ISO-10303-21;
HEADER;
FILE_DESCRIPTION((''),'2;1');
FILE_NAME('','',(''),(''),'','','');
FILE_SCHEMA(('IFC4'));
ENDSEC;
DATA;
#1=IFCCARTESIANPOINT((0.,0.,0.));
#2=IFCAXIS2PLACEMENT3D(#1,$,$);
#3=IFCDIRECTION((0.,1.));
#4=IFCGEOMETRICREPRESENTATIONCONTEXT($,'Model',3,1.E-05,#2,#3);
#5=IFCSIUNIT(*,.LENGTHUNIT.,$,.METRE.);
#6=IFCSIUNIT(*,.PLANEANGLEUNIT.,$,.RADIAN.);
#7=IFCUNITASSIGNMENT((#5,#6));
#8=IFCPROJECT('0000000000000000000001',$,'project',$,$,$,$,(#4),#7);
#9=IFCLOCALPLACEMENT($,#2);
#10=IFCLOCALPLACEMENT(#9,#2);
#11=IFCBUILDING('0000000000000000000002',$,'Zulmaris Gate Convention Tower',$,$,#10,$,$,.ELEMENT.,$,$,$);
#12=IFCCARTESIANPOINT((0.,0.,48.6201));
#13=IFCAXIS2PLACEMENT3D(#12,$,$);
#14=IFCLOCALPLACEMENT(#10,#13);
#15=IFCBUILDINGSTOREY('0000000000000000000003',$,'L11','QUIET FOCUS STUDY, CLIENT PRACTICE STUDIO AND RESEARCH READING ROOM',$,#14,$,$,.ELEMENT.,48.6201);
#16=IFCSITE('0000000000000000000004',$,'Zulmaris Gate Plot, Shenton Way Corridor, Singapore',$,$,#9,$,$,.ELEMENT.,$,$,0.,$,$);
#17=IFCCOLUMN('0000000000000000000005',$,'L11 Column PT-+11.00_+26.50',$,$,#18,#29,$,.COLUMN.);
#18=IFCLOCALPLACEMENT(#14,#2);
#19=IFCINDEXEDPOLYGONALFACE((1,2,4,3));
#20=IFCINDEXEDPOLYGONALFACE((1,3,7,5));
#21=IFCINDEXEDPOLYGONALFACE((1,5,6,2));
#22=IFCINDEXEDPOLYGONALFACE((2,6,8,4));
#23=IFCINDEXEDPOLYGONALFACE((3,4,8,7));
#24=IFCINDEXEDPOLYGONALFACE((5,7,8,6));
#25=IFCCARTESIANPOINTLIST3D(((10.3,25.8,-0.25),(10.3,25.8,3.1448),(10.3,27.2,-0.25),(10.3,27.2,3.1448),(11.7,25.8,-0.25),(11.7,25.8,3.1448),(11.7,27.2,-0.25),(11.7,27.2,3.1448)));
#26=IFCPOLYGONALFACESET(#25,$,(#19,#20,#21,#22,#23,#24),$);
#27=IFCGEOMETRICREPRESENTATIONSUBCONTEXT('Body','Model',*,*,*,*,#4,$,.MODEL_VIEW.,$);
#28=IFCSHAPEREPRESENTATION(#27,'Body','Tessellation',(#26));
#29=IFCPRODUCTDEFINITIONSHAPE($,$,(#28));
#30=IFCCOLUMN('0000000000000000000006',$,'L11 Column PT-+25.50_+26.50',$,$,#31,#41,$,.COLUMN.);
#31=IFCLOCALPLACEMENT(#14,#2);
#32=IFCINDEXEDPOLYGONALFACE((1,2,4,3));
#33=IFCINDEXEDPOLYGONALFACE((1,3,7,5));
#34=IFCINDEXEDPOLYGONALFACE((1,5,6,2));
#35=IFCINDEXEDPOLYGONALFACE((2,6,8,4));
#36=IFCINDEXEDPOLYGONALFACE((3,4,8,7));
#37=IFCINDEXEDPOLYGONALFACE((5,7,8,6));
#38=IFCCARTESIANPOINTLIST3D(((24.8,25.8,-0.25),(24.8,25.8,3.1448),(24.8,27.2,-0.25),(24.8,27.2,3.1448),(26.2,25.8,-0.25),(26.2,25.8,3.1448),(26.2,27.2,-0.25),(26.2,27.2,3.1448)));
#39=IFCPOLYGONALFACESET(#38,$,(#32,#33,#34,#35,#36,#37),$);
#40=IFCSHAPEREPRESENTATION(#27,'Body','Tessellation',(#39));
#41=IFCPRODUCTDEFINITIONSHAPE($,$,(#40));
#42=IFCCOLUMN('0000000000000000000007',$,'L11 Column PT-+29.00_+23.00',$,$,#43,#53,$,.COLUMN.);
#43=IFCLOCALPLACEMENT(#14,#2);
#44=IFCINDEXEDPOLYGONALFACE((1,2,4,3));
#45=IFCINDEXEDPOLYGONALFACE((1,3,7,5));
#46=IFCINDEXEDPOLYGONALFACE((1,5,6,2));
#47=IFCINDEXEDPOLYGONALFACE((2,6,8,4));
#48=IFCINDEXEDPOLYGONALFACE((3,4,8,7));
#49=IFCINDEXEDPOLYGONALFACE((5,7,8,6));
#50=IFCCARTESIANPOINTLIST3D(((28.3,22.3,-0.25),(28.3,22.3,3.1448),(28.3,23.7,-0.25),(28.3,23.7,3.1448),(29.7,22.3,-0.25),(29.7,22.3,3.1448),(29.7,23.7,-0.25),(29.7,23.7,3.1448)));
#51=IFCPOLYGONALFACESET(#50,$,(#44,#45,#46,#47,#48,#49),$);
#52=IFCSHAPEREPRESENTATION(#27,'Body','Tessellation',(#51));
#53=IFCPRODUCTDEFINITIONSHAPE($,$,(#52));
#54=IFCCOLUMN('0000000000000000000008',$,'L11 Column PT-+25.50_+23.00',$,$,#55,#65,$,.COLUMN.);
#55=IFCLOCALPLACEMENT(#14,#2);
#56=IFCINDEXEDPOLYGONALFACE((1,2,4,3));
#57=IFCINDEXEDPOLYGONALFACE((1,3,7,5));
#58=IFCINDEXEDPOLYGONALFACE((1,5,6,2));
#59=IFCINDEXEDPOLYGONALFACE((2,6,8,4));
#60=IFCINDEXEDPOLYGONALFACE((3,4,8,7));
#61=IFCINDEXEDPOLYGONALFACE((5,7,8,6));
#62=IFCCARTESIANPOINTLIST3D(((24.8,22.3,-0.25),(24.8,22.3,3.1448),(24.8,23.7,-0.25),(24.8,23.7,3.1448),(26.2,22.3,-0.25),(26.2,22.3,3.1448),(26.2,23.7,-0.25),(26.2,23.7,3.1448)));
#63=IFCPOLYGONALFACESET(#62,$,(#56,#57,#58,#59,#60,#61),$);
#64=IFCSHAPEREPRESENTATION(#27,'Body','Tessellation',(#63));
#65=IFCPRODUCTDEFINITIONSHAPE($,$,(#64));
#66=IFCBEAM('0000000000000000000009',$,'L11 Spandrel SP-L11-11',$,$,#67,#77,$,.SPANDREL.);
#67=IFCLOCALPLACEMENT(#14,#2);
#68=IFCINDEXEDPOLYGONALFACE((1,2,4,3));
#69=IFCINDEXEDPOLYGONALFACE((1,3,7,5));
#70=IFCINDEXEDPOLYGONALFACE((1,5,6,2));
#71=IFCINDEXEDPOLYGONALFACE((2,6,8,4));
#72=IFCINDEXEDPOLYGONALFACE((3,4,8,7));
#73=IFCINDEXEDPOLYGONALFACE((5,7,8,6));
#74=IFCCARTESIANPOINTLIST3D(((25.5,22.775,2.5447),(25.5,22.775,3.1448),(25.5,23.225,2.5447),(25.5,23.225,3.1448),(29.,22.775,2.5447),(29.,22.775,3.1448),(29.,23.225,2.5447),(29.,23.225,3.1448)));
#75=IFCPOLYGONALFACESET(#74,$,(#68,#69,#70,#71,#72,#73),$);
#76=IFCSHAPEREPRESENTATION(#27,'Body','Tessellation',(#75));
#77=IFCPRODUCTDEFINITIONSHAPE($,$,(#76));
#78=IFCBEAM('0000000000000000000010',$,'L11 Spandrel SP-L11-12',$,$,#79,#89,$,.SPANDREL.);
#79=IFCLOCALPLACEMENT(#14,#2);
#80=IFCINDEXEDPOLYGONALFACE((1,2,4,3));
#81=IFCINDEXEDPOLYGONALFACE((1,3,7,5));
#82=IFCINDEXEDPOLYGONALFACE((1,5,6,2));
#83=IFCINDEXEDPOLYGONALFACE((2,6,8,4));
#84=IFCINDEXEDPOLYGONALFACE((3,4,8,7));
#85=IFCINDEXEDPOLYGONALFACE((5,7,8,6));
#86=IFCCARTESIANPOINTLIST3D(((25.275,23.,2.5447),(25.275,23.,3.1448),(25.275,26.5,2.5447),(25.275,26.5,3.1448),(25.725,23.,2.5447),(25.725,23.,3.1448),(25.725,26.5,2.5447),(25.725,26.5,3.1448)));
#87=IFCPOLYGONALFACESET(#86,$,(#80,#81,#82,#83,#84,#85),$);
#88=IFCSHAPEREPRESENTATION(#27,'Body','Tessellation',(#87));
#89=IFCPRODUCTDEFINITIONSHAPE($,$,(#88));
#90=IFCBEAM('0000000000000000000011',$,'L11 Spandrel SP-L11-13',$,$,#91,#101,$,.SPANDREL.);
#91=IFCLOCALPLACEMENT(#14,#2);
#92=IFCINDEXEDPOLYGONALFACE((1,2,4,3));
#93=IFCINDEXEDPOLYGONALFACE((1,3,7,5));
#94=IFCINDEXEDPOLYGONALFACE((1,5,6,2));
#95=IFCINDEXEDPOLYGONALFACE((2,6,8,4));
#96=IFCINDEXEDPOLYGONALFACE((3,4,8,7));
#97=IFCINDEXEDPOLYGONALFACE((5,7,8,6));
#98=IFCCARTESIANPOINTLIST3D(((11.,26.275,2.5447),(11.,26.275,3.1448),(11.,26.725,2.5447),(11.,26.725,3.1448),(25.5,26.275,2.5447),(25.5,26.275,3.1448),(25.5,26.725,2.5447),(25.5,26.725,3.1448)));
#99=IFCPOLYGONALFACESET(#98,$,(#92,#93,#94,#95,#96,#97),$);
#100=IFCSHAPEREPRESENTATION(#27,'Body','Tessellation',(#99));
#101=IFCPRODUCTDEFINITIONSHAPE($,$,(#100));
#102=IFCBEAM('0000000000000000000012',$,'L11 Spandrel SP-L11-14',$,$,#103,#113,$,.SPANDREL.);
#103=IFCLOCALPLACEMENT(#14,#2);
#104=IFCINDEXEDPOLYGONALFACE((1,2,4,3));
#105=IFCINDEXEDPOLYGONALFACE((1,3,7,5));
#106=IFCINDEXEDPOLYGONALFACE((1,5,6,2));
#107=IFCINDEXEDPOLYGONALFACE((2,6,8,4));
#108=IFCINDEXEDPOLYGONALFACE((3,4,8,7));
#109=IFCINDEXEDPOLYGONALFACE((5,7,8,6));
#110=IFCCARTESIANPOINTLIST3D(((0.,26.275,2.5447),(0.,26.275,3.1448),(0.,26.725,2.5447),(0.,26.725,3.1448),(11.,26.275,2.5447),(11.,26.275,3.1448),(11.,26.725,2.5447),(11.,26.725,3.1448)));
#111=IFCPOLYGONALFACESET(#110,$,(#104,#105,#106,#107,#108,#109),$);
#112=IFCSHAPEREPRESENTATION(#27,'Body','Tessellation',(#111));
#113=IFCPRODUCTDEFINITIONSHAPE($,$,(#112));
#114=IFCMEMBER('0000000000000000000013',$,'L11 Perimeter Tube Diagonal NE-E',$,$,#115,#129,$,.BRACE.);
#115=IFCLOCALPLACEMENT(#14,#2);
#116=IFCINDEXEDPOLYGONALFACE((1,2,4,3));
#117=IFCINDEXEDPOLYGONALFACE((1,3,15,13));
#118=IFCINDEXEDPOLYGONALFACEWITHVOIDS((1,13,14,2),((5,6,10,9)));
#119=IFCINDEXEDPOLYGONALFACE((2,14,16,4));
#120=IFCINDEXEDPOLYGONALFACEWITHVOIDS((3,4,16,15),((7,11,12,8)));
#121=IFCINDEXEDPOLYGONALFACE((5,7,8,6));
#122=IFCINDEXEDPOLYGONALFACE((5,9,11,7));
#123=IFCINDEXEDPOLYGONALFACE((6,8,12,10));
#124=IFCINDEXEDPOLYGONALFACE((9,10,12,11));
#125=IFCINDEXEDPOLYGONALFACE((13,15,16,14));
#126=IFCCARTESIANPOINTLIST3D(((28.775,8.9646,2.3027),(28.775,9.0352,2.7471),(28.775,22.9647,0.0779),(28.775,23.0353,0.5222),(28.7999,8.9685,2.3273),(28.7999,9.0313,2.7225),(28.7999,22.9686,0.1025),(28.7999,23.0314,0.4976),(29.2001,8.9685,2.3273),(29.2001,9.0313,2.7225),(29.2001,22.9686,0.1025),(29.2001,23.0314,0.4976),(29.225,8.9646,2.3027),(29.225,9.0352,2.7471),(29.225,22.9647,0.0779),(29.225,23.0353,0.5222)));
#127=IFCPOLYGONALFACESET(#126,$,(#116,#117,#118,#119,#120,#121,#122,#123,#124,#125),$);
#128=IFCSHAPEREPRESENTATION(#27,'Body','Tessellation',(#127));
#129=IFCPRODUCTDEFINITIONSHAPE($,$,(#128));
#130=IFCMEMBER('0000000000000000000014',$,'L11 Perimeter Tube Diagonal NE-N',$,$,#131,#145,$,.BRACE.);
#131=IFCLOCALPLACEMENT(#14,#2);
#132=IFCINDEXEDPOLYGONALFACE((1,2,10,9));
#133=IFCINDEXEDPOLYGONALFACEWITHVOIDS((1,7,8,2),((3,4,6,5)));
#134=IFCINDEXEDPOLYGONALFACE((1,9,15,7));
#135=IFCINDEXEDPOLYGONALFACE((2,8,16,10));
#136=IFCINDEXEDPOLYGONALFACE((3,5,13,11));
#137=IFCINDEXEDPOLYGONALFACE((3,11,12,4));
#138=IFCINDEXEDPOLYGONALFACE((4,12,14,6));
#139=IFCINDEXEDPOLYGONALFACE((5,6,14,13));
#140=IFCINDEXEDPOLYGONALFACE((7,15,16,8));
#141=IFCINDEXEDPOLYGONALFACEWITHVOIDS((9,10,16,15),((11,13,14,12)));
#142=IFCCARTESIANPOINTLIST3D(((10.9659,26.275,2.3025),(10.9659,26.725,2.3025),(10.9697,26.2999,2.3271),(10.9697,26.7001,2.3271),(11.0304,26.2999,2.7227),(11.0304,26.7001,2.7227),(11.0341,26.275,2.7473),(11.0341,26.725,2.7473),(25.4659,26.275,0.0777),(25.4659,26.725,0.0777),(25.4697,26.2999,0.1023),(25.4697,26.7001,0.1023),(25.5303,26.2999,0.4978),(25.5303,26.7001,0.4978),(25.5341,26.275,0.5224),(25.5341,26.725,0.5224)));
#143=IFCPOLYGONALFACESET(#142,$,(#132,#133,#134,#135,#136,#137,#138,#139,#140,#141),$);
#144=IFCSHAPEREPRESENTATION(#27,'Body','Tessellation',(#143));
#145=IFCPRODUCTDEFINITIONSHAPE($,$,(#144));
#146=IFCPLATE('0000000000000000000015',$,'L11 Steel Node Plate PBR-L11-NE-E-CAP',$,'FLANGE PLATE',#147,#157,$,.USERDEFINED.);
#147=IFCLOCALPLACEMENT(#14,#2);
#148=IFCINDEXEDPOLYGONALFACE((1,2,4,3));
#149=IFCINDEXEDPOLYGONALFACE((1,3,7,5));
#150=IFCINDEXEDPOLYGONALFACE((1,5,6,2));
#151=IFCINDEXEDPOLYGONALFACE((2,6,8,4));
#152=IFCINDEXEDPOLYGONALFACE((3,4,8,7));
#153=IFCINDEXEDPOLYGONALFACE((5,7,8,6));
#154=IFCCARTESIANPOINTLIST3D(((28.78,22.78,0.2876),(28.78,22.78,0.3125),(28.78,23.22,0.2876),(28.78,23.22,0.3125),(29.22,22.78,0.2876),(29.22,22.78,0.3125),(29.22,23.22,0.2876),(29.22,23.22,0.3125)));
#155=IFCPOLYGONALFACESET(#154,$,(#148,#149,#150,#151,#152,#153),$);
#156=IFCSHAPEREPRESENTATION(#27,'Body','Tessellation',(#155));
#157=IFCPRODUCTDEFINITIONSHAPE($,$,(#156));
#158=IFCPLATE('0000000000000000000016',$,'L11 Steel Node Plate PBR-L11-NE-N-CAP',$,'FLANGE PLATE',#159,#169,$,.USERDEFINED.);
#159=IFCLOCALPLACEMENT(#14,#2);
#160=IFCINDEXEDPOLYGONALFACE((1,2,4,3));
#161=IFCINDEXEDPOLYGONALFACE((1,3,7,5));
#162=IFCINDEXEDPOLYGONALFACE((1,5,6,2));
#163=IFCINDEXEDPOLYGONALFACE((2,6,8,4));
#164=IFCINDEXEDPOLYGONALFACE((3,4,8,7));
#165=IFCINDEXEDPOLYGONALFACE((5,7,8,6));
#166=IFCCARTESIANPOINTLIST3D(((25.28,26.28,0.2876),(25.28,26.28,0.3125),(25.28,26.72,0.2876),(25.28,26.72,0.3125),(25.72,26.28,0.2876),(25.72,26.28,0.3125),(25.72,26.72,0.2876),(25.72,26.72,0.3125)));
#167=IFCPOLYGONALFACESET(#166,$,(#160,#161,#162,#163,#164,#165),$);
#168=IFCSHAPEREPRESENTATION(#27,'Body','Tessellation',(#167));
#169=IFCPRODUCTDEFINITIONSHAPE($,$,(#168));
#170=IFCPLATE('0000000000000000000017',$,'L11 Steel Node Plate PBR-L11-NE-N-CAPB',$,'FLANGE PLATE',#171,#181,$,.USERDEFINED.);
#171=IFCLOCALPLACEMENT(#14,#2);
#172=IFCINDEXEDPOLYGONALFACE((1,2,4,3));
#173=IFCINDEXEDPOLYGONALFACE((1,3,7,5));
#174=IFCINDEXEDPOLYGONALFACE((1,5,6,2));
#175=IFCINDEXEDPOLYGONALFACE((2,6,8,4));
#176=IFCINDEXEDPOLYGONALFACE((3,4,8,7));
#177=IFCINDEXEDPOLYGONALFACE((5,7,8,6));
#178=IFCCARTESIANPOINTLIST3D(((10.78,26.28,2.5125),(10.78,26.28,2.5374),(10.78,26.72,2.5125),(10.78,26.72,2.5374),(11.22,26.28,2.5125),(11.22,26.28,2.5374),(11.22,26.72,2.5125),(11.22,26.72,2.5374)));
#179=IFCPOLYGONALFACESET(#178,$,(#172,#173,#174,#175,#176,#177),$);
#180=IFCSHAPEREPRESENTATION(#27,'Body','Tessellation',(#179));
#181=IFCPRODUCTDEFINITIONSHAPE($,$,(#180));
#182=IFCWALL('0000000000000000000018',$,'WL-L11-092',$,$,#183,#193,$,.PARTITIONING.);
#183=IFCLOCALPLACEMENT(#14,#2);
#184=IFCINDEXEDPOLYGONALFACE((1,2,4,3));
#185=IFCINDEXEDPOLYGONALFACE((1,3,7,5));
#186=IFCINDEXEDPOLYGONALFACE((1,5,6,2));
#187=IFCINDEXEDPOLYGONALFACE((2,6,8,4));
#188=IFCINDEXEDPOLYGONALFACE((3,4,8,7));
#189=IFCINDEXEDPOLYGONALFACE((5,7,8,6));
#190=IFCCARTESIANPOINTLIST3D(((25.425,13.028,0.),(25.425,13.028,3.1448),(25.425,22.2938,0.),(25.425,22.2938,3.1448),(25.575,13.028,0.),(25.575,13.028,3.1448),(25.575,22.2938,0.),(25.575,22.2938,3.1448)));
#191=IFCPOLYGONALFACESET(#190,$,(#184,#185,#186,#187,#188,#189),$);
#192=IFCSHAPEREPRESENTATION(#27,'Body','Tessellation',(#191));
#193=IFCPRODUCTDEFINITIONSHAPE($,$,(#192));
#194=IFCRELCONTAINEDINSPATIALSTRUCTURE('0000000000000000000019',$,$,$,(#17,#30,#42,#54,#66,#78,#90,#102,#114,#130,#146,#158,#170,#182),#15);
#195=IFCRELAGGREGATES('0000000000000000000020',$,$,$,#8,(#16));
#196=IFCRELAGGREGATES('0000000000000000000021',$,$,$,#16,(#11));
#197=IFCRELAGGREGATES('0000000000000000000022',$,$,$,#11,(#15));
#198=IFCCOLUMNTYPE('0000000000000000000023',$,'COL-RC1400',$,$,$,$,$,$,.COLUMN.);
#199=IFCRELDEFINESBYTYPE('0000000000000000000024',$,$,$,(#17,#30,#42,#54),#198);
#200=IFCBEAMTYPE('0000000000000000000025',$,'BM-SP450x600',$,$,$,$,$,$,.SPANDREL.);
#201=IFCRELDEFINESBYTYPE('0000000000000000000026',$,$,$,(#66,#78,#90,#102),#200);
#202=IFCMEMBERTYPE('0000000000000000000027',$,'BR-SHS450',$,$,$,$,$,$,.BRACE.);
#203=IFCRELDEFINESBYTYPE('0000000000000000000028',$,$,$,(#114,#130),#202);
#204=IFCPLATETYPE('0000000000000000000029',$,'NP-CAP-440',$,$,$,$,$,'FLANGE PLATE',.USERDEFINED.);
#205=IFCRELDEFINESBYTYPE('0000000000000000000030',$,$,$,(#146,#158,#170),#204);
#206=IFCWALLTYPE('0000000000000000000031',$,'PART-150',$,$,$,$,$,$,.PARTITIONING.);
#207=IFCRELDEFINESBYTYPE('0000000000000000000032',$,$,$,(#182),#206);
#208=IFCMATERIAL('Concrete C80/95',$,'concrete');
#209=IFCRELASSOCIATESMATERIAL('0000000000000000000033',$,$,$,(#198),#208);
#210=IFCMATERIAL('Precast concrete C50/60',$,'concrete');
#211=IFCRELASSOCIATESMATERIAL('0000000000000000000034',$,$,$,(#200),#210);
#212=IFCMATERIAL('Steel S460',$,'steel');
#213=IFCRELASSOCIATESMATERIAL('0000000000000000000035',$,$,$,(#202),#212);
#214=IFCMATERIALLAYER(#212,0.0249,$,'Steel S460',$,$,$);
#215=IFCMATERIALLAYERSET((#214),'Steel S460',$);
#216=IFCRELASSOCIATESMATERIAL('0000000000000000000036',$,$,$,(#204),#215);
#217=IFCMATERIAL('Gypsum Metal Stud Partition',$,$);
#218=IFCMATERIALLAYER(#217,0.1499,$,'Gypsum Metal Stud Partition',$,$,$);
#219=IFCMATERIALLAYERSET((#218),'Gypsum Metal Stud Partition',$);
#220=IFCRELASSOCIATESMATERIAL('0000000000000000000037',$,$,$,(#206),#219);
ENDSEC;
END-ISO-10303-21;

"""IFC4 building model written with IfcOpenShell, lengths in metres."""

from ifc_helpers import new_model, si_unit, direction, frame, frame_2d, origin, origin_2d, place, context, subcontext, project, spatial, rectangle, hollow_rectangle, extrude, material, layer, layer_set, material_profile, profile_set, type_object, element, save


model = new_model("IFC4")

# Units and contexts
model_context = context("Model", 3, precision=1e-05, world=origin(), true_north=direction((0.0, 1.0)))
body_context = subcontext(model_context, "Body", "Model", "MODEL_VIEW")
ifc_project = project(units=[si_unit("LENGTHUNIT", "METRE"), si_unit("PLANEANGLEUNIT", "RADIAN")], contexts=[model_context])

# Site, building, storey
site_placement = place(None, origin())
site = spatial("IfcSite", under=ifc_project, at=site_placement, Name="Zulmaris Gate Plot, Shenton Way Corridor, Singapore", CompositionType="ELEMENT", RefElevation=0.0)
building_placement = place(site_placement, origin())
building = spatial("IfcBuilding", under=site, at=building_placement, Name="Zulmaris Gate Convention Tower", CompositionType="ELEMENT")
storey_placement = place(building_placement, frame((0.0, 0.0, 48.6201)))
storey = spatial("IfcBuildingStorey", under=building, at=storey_placement, Name="L11", Description="QUIET FOCUS STUDY, CLIENT PRACTICE STUDIO AND RESEARCH READING ROOM", CompositionType="ELEMENT", Elevation=48.6201)

# Columns
ifc_material_1 = material(Name="Concrete C80/95", Category="concrete")
ifc_material_profile_1 = material_profile(ifc_material_1, rectangle(XDim=1.3999, YDim=1.3999, at=origin_2d()), Name="RC COL 1400x1400")
ifc_profile_set_1 = profile_set([ifc_material_profile_1], Name="Concrete C80/95")
column_type = type_object("IfcColumnType", Name="COL-RC1400", PredefinedType="COLUMN", material=ifc_profile_set_1)
for number, where, z_axis, x_axis, name in (
    (1, (11.0, 26.5, -0.25), (0.0, 0.0, 1.0), (1.0, 0.0, 0.0), "L11 Column PT-+11.00_+26.50"),
    (2, (25.5, 26.5, -0.25), (0.0, 0.0, 1.0), (1.0, 0.0, 0.0), "L11 Column PT-+25.50_+26.50"),
    (3, (29.0, 23.0, -0.25), (0.0, 0.0, 1.0), (1.0, 0.0, 0.0), "L11 Column PT-+29.00_+23.00"),
    (4, (25.5, 23.0, -0.25), (0.0, 0.0, 1.0), (1.0, 0.0, 0.0), "L11 Column PT-+25.50_+23.00"),
):
    element("IfcColumn", number, at=place(storey_placement, frame(where, z_axis=z_axis, x_axis=x_axis)), inside=storey, type_object=column_type, Name=name, PredefinedType="COLUMN", context=body_context, shape_type="SweptSolid", body=[
        extrude(rectangle(XDim=1.3999, YDim=1.3999, at=origin_2d()), origin(), (0.0, 0.0, 1.0), 3.3948),
    ])

# Beams
ifc_material_2 = material(Name="Precast concrete C50/60", Category="concrete")
ifc_material_profile_2 = material_profile(ifc_material_2, rectangle(XDim=0.45, YDim=0.6001, at=origin_2d()), Name="RC SPANDREL 450x600")
ifc_profile_set_2 = profile_set([ifc_material_profile_2], Name="Precast concrete C50/60")
beam_type = type_object("IfcBeamType", Name="BM-SP450x600", PredefinedType="SPANDREL", material=ifc_profile_set_2)
for number, where, z_axis, x_axis, name in (
    (5, (29.0, 23.0, 2.8447), (-1.0, 0.0, 0.0), (0.0, -1.0, 0.0), "L11 Spandrel SP-L11-11"),
    (6, (25.5, 23.0, 2.8447), (0.0, 1.0, 0.0), (-1.0, 0.0, 0.0), "L11 Spandrel SP-L11-12"),
):
    element("IfcBeam", number, at=place(storey_placement, frame(where, z_axis=z_axis, x_axis=x_axis)), inside=storey, type_object=beam_type, Name=name, PredefinedType="SPANDREL", context=body_context, shape_type="SweptSolid", body=[
        extrude(rectangle(XDim=0.45, YDim=0.6001, at=origin_2d()), origin(), (0.0, 0.0, 1.0), 3.5),
    ])
beam_1_placement = place(storey_placement, frame((25.5, 26.5, 2.8447), z_axis=(-1.0, 0.0, 0.0), x_axis=(0.0, -1.0, 0.0)))
element("IfcBeam", 7, at=beam_1_placement, inside=storey, type_object=beam_type, Name="L11 Spandrel SP-L11-13", PredefinedType="SPANDREL", context=body_context, shape_type="SweptSolid", body=[
    extrude(rectangle(XDim=0.45, YDim=0.6001, at=origin_2d()), origin(), (0.0, 0.0, 1.0), 14.5),
])
beam_2_placement = place(storey_placement, frame((11.0, 26.5, 2.8447), z_axis=(-1.0, 0.0, 0.0), x_axis=(0.0, -1.0, 0.0)))
element("IfcBeam", 8, at=beam_2_placement, inside=storey, type_object=beam_type, Name="L11 Spandrel SP-L11-14", PredefinedType="SPANDREL", context=body_context, shape_type="SweptSolid", body=[
    extrude(rectangle(XDim=0.45, YDim=0.6001, at=origin_2d()), origin(), (0.0, 0.0, 1.0), 11.0),
])

# Members
ifc_material_3 = material(Name="Steel S460", Category="steel")
ifc_material_profile_3 = material_profile(ifc_material_3, hollow_rectangle(XDim=0.45, YDim=0.45, WallThickness=0.0249, at=origin_2d()), Name="SHS 450x450x25")
ifc_profile_set_3 = profile_set([ifc_material_profile_3], Name="Steel S460")
member_type = type_object("IfcMemberType", Name="BR-SHS450", PredefinedType="BRACE", material=ifc_profile_set_3)
member_1_placement = place(storey_placement, frame((29.0, 23.0, 0.3), z_axis=(0.0, -0.987607, 0.156949), x_axis=(1.0, 0.0, 0.0)))
element("IfcMember", 9, at=member_1_placement, inside=storey, type_object=member_type, Name="L11 Perimeter Tube Diagonal NE-E", PredefinedType="BRACE", context=body_context, shape_type="SweptSolid", body=[
    extrude(hollow_rectangle(XDim=0.45, YDim=0.45, WallThickness=0.0249, at=origin_2d()), origin(), (0.0, 0.0, 1.0), 14.1758),
])
member_2_placement = place(storey_placement, frame((25.5, 26.5, 0.3), z_axis=(-0.988432, 0.0, 0.151663), x_axis=(0.0, -1.0, 0.0)))
element("IfcMember", 10, at=member_2_placement, inside=storey, type_object=member_type, Name="L11 Perimeter Tube Diagonal NE-N", PredefinedType="BRACE", context=body_context, shape_type="SweptSolid", body=[
    extrude(hollow_rectangle(XDim=0.45, YDim=0.45, WallThickness=0.0249, at=origin_2d()), origin(), (0.0, 0.0, 1.0), 14.6697),
])

# Plates
ifc_layer_1 = layer(ifc_material_3, 0.0249, Name="Steel S460")
ifc_layer_set_1 = layer_set([ifc_layer_1], Name="Steel S460")
plate_type = type_object("IfcPlateType", Name="NP-CAP-440", ElementType="FLANGE PLATE", PredefinedType="USERDEFINED", material=ifc_layer_set_1)
for number, where, z_axis, x_axis, name in (
    (11, (29.0, 23.0, 0.2876), (0.0, 0.0, 1.0), (1.0, 0.0, 0.0), "L11 Steel Node Plate PBR-L11-NE-E-CAP"),
    (12, (25.5, 26.5, 0.2876), (0.0, 0.0, 1.0), (1.0, 0.0, 0.0), "L11 Steel Node Plate PBR-L11-NE-N-CAP"),
    (13, (11.0, 26.5, 2.5125), (0.0, 0.0, 1.0), (1.0, 0.0, 0.0), "L11 Steel Node Plate PBR-L11-NE-N-CAPB"),
):
    element("IfcPlate", number, at=place(storey_placement, frame(where, z_axis=z_axis, x_axis=x_axis)), inside=storey, type_object=plate_type, Name=name, ObjectType="FLANGE PLATE", PredefinedType="USERDEFINED", context=body_context, shape_type="SweptSolid", body=[
        extrude(rectangle(XDim=0.4399, YDim=0.4399, at=origin_2d()), origin(), (0.0, 0.0, 1.0), 0.0249),
    ])

# Shared definitions
ifc_material_4 = material(Name="Gypsum Metal Stud Partition")
ifc_layer_2 = layer(ifc_material_4, 0.1499, Name="Gypsum Metal Stud Partition")
ifc_layer_set_2 = layer_set([ifc_layer_2], Name="Gypsum Metal Stud Partition")
wall_type_1 = type_object("IfcWallType", Name="PART-150", PredefinedType="PARTITIONING", material=ifc_layer_set_2)

# Wall
wall_1_placement = place(storey_placement, frame((25.5, 13.0281, 0.0), z_axis=(0.0, 0.0, 1.0), x_axis=(0.0, 1.0, 0.0)))
element("IfcWall", 14, at=wall_1_placement, inside=storey, type_object=wall_type_1, Name="WL-L11-092", PredefinedType="PARTITIONING", context=body_context, shape_type="SweptSolid", body=[
    extrude(rectangle(XDim=9.2659, YDim=0.1499, at=frame_2d((4.6328, 0.0))), origin(), (0.0, 0.0, 1.0), 3.1448),
])

save(model, "model.ifc")
